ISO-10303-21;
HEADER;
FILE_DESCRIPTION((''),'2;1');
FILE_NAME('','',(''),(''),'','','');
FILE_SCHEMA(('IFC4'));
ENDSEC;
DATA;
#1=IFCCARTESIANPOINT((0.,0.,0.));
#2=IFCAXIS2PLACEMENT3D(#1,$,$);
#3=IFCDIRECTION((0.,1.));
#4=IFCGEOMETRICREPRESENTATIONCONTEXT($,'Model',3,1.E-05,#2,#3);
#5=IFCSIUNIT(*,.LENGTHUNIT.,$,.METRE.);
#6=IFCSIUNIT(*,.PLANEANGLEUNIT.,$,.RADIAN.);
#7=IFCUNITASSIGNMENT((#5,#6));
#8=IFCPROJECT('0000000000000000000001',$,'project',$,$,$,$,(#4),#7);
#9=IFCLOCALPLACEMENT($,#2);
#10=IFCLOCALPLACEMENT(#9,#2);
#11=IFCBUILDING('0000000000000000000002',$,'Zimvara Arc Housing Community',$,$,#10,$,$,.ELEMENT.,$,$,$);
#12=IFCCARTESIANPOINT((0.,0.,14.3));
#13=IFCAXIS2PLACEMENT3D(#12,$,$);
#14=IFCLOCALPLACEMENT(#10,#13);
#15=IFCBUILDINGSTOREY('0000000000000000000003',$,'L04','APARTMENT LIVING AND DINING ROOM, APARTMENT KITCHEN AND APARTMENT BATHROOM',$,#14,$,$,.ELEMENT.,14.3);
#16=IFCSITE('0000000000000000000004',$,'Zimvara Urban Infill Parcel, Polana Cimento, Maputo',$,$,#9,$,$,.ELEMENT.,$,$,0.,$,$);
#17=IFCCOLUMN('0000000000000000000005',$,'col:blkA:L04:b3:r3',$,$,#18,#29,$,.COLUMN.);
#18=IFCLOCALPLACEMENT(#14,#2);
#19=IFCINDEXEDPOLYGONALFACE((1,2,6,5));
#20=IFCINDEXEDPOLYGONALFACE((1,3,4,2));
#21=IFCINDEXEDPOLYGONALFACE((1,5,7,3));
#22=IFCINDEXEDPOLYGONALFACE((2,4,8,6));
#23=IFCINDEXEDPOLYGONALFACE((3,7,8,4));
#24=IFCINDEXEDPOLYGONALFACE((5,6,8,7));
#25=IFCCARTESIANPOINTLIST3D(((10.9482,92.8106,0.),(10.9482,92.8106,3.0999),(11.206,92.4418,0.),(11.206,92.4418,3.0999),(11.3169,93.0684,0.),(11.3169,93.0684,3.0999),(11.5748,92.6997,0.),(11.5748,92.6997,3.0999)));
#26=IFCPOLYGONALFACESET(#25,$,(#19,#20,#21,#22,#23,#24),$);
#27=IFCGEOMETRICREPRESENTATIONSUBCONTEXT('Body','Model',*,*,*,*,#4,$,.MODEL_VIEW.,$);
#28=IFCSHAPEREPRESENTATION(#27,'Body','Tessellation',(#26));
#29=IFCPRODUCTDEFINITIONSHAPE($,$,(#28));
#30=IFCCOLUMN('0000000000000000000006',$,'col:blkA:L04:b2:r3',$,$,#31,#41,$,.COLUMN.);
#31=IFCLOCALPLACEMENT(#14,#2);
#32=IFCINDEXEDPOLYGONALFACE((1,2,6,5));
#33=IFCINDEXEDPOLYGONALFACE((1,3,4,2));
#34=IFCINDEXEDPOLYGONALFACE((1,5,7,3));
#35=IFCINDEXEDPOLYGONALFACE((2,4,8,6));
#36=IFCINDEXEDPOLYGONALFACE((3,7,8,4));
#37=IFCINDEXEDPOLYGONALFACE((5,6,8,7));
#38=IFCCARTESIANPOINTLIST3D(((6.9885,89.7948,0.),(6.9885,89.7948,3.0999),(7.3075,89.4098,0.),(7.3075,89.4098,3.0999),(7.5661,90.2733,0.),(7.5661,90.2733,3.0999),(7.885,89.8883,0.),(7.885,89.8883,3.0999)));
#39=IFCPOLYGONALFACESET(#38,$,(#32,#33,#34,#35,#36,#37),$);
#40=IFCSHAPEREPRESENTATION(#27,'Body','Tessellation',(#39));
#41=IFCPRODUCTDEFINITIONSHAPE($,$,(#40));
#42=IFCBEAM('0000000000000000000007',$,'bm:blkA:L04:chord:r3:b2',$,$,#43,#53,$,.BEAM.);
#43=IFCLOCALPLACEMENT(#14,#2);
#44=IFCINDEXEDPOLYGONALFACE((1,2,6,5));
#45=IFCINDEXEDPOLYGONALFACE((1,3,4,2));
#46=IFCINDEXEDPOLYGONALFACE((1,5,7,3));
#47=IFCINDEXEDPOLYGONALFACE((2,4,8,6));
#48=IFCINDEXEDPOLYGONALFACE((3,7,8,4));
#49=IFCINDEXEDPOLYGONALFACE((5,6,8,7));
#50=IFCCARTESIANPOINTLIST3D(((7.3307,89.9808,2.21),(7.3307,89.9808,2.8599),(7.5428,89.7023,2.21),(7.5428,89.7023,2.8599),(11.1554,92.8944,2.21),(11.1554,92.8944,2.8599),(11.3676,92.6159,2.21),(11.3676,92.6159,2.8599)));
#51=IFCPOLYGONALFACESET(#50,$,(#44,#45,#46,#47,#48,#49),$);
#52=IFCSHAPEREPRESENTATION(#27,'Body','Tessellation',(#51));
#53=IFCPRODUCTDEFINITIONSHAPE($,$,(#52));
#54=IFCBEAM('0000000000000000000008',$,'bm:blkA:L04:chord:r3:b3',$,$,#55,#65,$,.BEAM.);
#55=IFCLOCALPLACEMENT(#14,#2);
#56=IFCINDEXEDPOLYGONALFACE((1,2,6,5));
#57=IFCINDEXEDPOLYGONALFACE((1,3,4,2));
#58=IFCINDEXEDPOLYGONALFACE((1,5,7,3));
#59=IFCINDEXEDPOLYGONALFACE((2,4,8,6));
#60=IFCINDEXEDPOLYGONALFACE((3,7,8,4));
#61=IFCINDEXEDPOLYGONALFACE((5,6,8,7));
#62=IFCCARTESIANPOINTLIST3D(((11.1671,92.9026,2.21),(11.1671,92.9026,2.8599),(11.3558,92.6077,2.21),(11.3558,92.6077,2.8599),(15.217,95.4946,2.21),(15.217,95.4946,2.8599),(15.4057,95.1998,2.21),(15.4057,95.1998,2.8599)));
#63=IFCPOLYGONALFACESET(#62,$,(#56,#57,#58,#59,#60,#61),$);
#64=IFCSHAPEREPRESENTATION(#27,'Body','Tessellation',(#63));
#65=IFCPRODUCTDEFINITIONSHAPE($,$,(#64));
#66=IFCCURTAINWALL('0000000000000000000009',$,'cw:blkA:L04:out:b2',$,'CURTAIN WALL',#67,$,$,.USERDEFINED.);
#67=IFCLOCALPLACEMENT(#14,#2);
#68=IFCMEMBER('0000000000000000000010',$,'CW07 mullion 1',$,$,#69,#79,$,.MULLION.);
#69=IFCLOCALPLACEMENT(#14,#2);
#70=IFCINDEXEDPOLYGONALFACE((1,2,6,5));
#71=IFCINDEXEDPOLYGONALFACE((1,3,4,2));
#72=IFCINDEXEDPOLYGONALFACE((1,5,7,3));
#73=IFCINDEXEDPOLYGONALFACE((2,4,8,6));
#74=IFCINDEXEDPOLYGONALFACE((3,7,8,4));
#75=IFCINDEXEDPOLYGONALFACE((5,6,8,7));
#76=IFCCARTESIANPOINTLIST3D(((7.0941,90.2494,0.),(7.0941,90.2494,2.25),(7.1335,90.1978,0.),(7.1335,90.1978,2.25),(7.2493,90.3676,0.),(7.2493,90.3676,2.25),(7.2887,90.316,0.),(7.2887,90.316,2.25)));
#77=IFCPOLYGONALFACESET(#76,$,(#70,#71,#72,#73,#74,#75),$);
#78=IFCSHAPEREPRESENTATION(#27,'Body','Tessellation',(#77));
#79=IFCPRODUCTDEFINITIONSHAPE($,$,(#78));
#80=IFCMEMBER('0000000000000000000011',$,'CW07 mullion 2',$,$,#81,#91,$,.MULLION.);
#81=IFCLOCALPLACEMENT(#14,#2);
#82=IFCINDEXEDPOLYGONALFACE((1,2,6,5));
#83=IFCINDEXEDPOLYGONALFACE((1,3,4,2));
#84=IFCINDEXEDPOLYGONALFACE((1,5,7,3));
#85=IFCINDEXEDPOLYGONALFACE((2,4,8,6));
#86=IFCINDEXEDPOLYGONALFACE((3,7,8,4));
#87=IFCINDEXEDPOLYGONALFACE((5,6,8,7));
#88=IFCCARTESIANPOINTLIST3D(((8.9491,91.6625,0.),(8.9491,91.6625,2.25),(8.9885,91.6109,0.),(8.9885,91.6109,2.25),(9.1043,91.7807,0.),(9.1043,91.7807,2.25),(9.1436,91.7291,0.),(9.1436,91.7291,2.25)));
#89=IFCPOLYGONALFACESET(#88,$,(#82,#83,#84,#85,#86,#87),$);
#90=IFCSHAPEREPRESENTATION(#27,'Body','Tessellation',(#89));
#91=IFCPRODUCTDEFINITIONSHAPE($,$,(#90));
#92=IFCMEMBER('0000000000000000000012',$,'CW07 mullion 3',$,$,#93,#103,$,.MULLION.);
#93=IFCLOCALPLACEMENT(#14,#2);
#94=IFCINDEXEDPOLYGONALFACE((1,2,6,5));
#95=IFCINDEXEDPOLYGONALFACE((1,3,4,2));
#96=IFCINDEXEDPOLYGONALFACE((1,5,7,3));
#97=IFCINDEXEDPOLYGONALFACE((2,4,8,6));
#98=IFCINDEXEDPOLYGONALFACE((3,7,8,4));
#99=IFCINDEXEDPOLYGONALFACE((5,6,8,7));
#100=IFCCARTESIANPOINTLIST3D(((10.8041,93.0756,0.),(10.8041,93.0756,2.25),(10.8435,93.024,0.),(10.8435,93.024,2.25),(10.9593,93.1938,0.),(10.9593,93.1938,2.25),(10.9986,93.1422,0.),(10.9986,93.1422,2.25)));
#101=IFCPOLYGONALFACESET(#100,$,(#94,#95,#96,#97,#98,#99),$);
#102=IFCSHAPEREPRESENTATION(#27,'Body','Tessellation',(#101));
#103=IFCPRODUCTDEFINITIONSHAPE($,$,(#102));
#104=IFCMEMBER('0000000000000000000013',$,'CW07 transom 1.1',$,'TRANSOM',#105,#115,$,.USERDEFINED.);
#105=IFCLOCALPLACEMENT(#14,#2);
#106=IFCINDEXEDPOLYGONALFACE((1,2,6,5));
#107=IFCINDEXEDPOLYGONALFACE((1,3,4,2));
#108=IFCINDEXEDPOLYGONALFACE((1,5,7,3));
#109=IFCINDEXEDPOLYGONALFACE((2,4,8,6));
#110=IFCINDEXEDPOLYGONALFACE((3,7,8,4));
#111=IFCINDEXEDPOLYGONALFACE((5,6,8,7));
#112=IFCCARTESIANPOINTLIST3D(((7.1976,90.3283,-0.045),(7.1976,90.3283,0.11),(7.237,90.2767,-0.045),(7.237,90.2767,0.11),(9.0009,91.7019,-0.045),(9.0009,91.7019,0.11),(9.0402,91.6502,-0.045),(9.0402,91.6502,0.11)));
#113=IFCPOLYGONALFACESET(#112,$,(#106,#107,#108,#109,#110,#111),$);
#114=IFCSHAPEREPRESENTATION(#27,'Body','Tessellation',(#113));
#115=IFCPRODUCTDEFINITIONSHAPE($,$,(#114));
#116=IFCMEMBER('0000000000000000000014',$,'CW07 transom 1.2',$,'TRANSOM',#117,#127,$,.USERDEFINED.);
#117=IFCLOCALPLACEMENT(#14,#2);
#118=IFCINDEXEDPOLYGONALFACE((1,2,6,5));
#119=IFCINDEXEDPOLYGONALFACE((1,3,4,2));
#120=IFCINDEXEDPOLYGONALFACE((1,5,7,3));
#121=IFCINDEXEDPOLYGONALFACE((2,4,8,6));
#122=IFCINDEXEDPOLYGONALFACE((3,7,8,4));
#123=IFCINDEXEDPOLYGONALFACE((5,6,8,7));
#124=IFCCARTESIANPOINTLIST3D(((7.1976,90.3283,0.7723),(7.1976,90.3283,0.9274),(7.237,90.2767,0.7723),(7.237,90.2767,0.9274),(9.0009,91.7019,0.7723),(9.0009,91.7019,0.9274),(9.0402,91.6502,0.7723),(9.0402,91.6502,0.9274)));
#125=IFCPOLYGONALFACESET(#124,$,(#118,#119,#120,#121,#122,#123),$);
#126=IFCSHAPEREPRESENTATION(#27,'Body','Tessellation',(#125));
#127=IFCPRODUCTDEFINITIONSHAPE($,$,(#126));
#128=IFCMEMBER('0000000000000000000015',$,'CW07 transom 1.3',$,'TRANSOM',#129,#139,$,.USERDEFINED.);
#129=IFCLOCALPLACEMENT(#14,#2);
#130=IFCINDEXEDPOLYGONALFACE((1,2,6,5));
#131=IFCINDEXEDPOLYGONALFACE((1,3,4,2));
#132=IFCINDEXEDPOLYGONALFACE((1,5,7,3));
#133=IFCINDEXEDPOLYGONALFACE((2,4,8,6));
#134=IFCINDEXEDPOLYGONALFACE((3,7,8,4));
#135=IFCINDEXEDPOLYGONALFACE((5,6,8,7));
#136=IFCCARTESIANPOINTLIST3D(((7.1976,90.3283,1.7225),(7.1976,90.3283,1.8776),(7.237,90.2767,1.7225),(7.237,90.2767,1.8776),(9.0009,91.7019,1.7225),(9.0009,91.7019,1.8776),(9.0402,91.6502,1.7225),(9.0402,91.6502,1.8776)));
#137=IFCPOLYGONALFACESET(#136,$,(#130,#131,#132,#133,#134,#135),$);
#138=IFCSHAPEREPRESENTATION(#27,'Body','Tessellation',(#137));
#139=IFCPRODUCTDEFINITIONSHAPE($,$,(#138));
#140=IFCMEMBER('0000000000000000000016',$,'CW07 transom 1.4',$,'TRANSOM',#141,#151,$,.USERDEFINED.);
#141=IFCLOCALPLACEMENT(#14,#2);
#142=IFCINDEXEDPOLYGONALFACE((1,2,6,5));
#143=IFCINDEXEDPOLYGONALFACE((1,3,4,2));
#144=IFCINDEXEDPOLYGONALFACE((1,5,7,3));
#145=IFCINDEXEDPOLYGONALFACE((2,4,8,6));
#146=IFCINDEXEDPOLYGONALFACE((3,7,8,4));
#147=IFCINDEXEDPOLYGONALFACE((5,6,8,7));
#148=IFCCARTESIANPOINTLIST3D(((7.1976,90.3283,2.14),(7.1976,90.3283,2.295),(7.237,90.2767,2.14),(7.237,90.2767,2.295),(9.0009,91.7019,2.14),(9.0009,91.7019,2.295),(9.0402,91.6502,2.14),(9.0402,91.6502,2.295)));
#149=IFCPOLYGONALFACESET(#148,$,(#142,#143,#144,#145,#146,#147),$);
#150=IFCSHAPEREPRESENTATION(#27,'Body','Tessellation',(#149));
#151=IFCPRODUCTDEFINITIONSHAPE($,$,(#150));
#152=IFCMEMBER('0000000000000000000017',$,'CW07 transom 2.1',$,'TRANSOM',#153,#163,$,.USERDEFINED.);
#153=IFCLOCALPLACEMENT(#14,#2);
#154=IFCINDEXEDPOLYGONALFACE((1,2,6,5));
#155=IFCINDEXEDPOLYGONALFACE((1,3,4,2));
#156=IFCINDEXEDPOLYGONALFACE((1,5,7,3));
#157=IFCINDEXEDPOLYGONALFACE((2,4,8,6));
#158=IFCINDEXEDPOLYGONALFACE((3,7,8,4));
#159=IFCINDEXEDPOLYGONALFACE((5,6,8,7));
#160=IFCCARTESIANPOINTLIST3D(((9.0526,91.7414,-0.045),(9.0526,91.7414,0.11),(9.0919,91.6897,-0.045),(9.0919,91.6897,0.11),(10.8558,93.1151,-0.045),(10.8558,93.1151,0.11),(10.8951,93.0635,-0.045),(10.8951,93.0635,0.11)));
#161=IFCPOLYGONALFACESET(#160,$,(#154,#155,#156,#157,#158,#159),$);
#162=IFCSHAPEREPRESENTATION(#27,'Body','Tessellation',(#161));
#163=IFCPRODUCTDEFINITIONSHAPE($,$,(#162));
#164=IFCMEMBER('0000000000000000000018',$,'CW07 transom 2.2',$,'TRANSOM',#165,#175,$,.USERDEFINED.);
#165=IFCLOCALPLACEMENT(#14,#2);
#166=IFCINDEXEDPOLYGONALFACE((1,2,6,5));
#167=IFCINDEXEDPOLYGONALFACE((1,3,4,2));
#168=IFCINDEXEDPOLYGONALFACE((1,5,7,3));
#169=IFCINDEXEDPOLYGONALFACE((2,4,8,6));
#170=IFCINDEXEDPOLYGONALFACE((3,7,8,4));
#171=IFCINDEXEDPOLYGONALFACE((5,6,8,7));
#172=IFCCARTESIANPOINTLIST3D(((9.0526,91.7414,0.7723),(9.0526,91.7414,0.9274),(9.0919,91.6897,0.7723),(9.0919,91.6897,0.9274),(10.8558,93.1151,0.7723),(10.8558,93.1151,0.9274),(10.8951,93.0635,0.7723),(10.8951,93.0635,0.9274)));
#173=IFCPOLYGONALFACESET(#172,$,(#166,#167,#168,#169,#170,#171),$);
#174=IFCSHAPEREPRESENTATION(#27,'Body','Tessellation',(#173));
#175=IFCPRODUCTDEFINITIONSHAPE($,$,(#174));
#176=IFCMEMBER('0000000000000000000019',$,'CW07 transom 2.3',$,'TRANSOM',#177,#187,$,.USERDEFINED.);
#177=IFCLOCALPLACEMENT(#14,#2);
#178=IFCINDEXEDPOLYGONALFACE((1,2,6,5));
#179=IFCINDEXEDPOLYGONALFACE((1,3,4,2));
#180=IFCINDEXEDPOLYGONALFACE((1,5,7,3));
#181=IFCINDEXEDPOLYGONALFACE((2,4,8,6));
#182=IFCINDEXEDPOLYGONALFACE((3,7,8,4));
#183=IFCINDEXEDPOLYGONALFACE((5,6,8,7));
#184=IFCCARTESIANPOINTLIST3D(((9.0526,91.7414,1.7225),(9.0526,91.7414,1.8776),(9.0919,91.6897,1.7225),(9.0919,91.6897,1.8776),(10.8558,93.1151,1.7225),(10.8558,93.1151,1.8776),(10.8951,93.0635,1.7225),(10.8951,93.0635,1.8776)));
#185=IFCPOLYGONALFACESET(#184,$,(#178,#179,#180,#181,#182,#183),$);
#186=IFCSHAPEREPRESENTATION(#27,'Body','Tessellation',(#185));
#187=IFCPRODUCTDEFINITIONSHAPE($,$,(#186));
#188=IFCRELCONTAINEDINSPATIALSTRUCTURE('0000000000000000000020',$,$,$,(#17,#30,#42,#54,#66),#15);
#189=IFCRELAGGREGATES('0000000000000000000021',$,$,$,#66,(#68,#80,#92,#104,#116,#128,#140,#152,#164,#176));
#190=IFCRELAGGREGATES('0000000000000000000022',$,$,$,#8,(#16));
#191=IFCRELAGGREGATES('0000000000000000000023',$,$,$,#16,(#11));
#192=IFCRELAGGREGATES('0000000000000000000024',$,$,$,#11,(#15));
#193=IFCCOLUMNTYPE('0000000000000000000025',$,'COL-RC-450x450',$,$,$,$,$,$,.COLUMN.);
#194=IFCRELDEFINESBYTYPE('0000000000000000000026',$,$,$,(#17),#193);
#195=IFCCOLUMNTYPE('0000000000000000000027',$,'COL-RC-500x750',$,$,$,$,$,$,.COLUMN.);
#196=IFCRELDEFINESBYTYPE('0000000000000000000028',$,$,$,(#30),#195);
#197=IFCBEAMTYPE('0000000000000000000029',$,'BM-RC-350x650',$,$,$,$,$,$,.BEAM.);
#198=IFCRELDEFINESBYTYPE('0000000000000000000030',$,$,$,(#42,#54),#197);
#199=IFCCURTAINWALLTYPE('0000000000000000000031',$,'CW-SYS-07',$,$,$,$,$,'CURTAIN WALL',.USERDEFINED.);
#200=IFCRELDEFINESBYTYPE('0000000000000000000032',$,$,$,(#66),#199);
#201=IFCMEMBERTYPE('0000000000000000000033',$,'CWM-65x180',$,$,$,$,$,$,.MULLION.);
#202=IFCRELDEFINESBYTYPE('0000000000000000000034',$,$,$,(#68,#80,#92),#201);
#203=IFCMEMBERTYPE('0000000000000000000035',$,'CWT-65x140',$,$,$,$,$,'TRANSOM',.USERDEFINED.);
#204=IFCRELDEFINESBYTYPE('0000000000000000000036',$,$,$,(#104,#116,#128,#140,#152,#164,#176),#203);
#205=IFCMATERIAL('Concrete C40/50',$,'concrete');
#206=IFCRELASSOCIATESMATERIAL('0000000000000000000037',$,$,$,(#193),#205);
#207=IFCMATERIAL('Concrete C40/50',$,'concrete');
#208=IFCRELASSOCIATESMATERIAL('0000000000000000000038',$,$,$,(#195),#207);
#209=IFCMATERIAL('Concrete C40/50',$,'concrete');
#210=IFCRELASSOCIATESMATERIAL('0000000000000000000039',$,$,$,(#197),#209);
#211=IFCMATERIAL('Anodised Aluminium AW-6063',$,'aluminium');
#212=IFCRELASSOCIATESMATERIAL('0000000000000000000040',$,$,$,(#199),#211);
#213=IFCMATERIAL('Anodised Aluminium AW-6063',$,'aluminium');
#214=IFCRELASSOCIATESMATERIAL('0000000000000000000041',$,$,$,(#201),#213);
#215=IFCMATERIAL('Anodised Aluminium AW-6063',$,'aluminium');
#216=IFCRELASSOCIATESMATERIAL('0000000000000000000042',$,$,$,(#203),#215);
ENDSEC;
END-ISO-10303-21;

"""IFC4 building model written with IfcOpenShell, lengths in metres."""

from ifc_helpers import new_model, si_unit, direction, frame, origin, origin_2d, place, context, subcontext, project, spatial, rectangle, extrude, material, material_profile, profile_set, type_object, element, aggregate, save


model = new_model("IFC4")

# Units and contexts
model_context = context("Model", 3, precision=1e-05, world=origin(), true_north=direction((0.0, 1.0)))
body_context = subcontext(model_context, "Body", "Model", "MODEL_VIEW")
ifc_project = project(units=[si_unit("LENGTHUNIT", "METRE"), si_unit("PLANEANGLEUNIT", "RADIAN")], contexts=[model_context])

# Site, building, storey
site_placement = place(None, origin())
site = spatial("IfcSite", under=ifc_project, at=site_placement, Name="Zimvara Urban Infill Parcel, Polana Cimento, Maputo", CompositionType="ELEMENT", RefElevation=0.0)
building_placement = place(site_placement, origin())
building = spatial("IfcBuilding", under=site, at=building_placement, Name="Zimvara Arc Housing Community", CompositionType="ELEMENT")
storey_placement = place(building_placement, frame((0.0, 0.0, 14.3)))
storey = spatial("IfcBuildingStorey", under=building, at=storey_placement, Name="L04", Description="APARTMENT LIVING AND DINING ROOM, APARTMENT KITCHEN AND APARTMENT BATHROOM", CompositionType="ELEMENT", Elevation=14.3)

# Columns
ifc_material_1 = material(Name="Concrete C40/50", Category="concrete")
ifc_material_profile_1 = material_profile(ifc_material_1, rectangle(XDim=0.45, YDim=0.45, at=origin_2d()), Name="RC 450x450")
ifc_profile_set_1 = profile_set([ifc_material_profile_1], Name="Concrete C40/50")
column_type_1 = type_object("IfcColumnType", Name="COL-RC-450x450", PredefinedType="COLUMN", material=ifc_profile_set_1)
column_1_placement = place(storey_placement, frame((11.2615, 92.7551, 0.0), z_axis=(0.0, 0.0, 1.0), x_axis=(-0.573004, 0.819552, 0.0)))
element("IfcColumn", 1, at=column_1_placement, inside=storey, type_object=column_type_1, Name="col:blkA:L04:b3:r3", PredefinedType="COLUMN", context=body_context, shape_type="SweptSolid", body=[
    extrude(rectangle(XDim=0.45, YDim=0.45, at=origin_2d()), origin(), (0.0, 0.0, 1.0), 3.0999),
])
ifc_material_2 = material(Name="Concrete C40/50", Category="concrete")
ifc_material_profile_2 = material_profile(ifc_material_2, rectangle(XDim=0.5, YDim=0.75, at=origin_2d()), Name="RC 500x750")
ifc_profile_set_2 = profile_set([ifc_material_profile_2], Name="Concrete C40/50")
column_type_2 = type_object("IfcColumnType", Name="COL-RC-500x750", PredefinedType="COLUMN", material=ifc_profile_set_2)
column_2_placement = place(storey_placement, frame((7.4368, 89.8416, 0.0), z_axis=(0.0, 0.0, 1.0), x_axis=(-0.637962, 0.770068, 0.0)))
element("IfcColumn", 2, at=column_2_placement, inside=storey, type_object=column_type_2, Name="col:blkA:L04:b2:r3", PredefinedType="COLUMN", context=body_context, shape_type="SweptSolid", body=[
    extrude(rectangle(XDim=0.5, YDim=0.75, at=origin_2d()), origin(), (0.0, 0.0, 1.0), 3.0999),
])

# Beams
ifc_material_3 = material(Name="Concrete C40/50", Category="concrete")
ifc_material_profile_3 = material_profile(ifc_material_3, rectangle(XDim=0.3501, YDim=0.6499, at=origin_2d()), Name="RC 350x650")
ifc_profile_set_3 = profile_set([ifc_material_profile_3], Name="Concrete C40/50")
beam_type = type_object("IfcBeamType", Name="BM-RC-350x650", PredefinedType="BEAM", material=ifc_profile_set_3)
beam_1_placement = place(storey_placement, frame((7.4368, 89.8416, 2.5349), z_axis=(0.795481, 0.605979, 0.0), x_axis=(-0.605979, 0.795481, 0.0)))
element("IfcBeam", 3, at=beam_1_placement, inside=storey, type_object=beam_type, Name="bm:blkA:L04:chord:r3:b2", PredefinedType="BEAM", context=body_context, shape_type="SweptSolid", body=[
    extrude(rectangle(XDim=0.3501, YDim=0.6499, at=origin_2d()), origin(), (0.0, 0.0, 1.0), 4.8081),
])
beam_2_placement = place(storey_placement, frame((11.2615, 92.7551, 2.5349), z_axis=(0.842256, 0.539078, 0.0), x_axis=(-0.539078, 0.842256, 0.0)))
element("IfcBeam", 4, at=beam_2_placement, inside=storey, type_object=beam_type, Name="bm:blkA:L04:chord:r3:b3", PredefinedType="BEAM", context=body_context, shape_type="SweptSolid", body=[
    extrude(rectangle(XDim=0.3501, YDim=0.6499, at=origin_2d()), origin(), (0.0, 0.0, 1.0), 4.8083),
])

# Curtain wall, members
ifc_material_4 = material(Name="Anodised Aluminium AW-6063", Category="aluminium")
curtain_wall_type = type_object("IfcCurtainWallType", Name="CW-SYS-07", ElementType="CURTAIN WALL", PredefinedType="USERDEFINED", material=ifc_material_4)
curtain_wall_placement = place(storey_placement, origin())
curtain_wall = element("IfcCurtainWall", 5, at=curtain_wall_placement, inside=storey, type_object=curtain_wall_type, Name="cw:blkA:L04:out:b2", ObjectType="CURTAIN WALL", PredefinedType="USERDEFINED")
ifc_material_5 = material(Name="Anodised Aluminium AW-6063", Category="aluminium")
ifc_material_profile_4 = material_profile(ifc_material_5, rectangle(XDim=0.0649, YDim=0.1951, at=origin_2d()), Name="ALU 65x195")
ifc_profile_set_4 = profile_set([ifc_material_profile_4], Name="Anodised Aluminium AW-6063")
member_type_1 = type_object("IfcMemberType", Name="CWM-65x180", PredefinedType="MULLION", material=ifc_profile_set_4)
member_1_placement = place(storey_placement, frame((7.1914, 90.2827, 0.0), z_axis=(0.0, 0.0, 1.0), x_axis=(-0.605988, 0.795474, 0.0)))
member_1 = element("IfcMember", 6, at=member_1_placement, type_object=member_type_1, Name="CW07 mullion 1", PredefinedType="MULLION", context=body_context, shape_type="SweptSolid", body=[
    extrude(rectangle(XDim=0.0649, YDim=0.1951, at=origin_2d()), origin(), (0.0, 0.0, 1.0), 2.25),
])
member_2_placement = place(storey_placement, frame((9.0464, 91.6958, 0.0), z_axis=(0.0, 0.0, 1.0), x_axis=(-0.605988, 0.795474, 0.0)))
member_2 = element("IfcMember", 7, at=member_2_placement, type_object=member_type_1, Name="CW07 mullion 2", PredefinedType="MULLION", context=body_context, shape_type="SweptSolid", body=[
    extrude(rectangle(XDim=0.0649, YDim=0.1951, at=origin_2d()), origin(), (0.0, 0.0, 1.0), 2.25),
])
member_3_placement = place(storey_placement, frame((10.9014, 93.1089, 0.0), z_axis=(0.0, 0.0, 1.0), x_axis=(-0.605988, 0.795474, 0.0)))
member_3 = element("IfcMember", 8, at=member_3_placement, type_object=member_type_1, Name="CW07 mullion 3", PredefinedType="MULLION", context=body_context, shape_type="SweptSolid", body=[
    extrude(rectangle(XDim=0.0649, YDim=0.1951, at=origin_2d()), origin(), (0.0, 0.0, 1.0), 2.25),
])
ifc_material_6 = material(Name="Anodised Aluminium AW-6063", Category="aluminium")
ifc_material_profile_5 = material_profile(ifc_material_6, rectangle(XDim=0.0649, YDim=0.155, at=origin_2d()), Name="ALU 65x155")
ifc_profile_set_5 = profile_set([ifc_material_profile_5], Name="Anodised Aluminium AW-6063")
member_type_2 = type_object("IfcMemberType", Name="CWT-65x140", ElementType="TRANSOM", PredefinedType="USERDEFINED", material=ifc_profile_set_5)
member_4_placement = place(storey_placement, frame((7.2173, 90.3025, 0.0325), z_axis=(0.795506, 0.605946, 0.0), x_axis=(-0.605946, 0.795506, 0.0)))
member_4 = element("IfcMember", 9, at=member_4_placement, type_object=member_type_2, Name="CW07 transom 1.1", ObjectType="TRANSOM", PredefinedType="USERDEFINED", context=body_context, shape_type="SweptSolid", body=[
    extrude(rectangle(XDim=0.0649, YDim=0.155, at=origin_2d()), origin(), (0.0, 0.0, 1.0), 2.2668),
])
member_5_placement = place(storey_placement, frame((7.2173, 90.3025, 0.8499), z_axis=(0.795506, 0.605946, 0.0), x_axis=(-0.605946, 0.795506, 0.0)))
member_5 = element("IfcMember", 10, at=member_5_placement, type_object=member_type_2, Name="CW07 transom 1.2", ObjectType="TRANSOM", PredefinedType="USERDEFINED", context=body_context, shape_type="SweptSolid", body=[
    extrude(rectangle(XDim=0.0649, YDim=0.155, at=origin_2d()), origin(), (0.0, 0.0, 1.0), 2.2668),
])
member_6_placement = place(storey_placement, frame((7.2173, 90.3025, 1.8), z_axis=(0.795506, 0.605946, 0.0), x_axis=(-0.605946, 0.795506, 0.0)))
member_6 = element("IfcMember", 11, at=member_6_placement, type_object=member_type_2, Name="CW07 transom 1.3", ObjectType="TRANSOM", PredefinedType="USERDEFINED", context=body_context, shape_type="SweptSolid", body=[
    extrude(rectangle(XDim=0.0649, YDim=0.155, at=origin_2d()), origin(), (0.0, 0.0, 1.0), 2.2668),
])
member_7_placement = place(storey_placement, frame((7.2173, 90.3025, 2.2175), z_axis=(0.795506, 0.605946, 0.0), x_axis=(-0.605946, 0.795506, 0.0)))
member_7 = element("IfcMember", 12, at=member_7_placement, type_object=member_type_2, Name="CW07 transom 1.4", ObjectType="TRANSOM", PredefinedType="USERDEFINED", context=body_context, shape_type="SweptSolid", body=[
    extrude(rectangle(XDim=0.0649, YDim=0.155, at=origin_2d()), origin(), (0.0, 0.0, 1.0), 2.2668),
])
member_8_placement = place(storey_placement, frame((9.0723, 91.7156, 0.0325), z_axis=(0.795454, 0.606014, 0.0), x_axis=(-0.606014, 0.795454, 0.0)))
member_8 = element("IfcMember", 13, at=member_8_placement, type_object=member_type_2, Name="CW07 transom 2.1", ObjectType="TRANSOM", PredefinedType="USERDEFINED", context=body_context, shape_type="SweptSolid", body=[
    extrude(rectangle(XDim=0.0649, YDim=0.155, at=origin_2d()), origin(), (0.0, 0.0, 1.0), 2.2668),
])
member_9_placement = place(storey_placement, frame((9.0723, 91.7156, 0.8499), z_axis=(0.795454, 0.606014, 0.0), x_axis=(-0.606014, 0.795454, 0.0)))
member_9 = element("IfcMember", 14, at=member_9_placement, type_object=member_type_2, Name="CW07 transom 2.2", ObjectType="TRANSOM", PredefinedType="USERDEFINED", context=body_context, shape_type="SweptSolid", body=[
    extrude(rectangle(XDim=0.0649, YDim=0.155, at=origin_2d()), origin(), (0.0, 0.0, 1.0), 2.2668),
])
member_10_placement = place(storey_placement, frame((9.0723, 91.7156, 1.8), z_axis=(0.795454, 0.606014, 0.0), x_axis=(-0.606014, 0.795454, 0.0)))
member_10 = element("IfcMember", 15, at=member_10_placement, type_object=member_type_2, Name="CW07 transom 2.3", ObjectType="TRANSOM", PredefinedType="USERDEFINED", context=body_context, shape_type="SweptSolid", body=[
    extrude(rectangle(XDim=0.0649, YDim=0.155, at=origin_2d()), origin(), (0.0, 0.0, 1.0), 2.2668),
])
aggregate(curtain_wall, [member_1, member_2, member_3, member_4, member_5, member_6, member_7, member_8, member_9, member_10])

save(model, "model.ifc")
